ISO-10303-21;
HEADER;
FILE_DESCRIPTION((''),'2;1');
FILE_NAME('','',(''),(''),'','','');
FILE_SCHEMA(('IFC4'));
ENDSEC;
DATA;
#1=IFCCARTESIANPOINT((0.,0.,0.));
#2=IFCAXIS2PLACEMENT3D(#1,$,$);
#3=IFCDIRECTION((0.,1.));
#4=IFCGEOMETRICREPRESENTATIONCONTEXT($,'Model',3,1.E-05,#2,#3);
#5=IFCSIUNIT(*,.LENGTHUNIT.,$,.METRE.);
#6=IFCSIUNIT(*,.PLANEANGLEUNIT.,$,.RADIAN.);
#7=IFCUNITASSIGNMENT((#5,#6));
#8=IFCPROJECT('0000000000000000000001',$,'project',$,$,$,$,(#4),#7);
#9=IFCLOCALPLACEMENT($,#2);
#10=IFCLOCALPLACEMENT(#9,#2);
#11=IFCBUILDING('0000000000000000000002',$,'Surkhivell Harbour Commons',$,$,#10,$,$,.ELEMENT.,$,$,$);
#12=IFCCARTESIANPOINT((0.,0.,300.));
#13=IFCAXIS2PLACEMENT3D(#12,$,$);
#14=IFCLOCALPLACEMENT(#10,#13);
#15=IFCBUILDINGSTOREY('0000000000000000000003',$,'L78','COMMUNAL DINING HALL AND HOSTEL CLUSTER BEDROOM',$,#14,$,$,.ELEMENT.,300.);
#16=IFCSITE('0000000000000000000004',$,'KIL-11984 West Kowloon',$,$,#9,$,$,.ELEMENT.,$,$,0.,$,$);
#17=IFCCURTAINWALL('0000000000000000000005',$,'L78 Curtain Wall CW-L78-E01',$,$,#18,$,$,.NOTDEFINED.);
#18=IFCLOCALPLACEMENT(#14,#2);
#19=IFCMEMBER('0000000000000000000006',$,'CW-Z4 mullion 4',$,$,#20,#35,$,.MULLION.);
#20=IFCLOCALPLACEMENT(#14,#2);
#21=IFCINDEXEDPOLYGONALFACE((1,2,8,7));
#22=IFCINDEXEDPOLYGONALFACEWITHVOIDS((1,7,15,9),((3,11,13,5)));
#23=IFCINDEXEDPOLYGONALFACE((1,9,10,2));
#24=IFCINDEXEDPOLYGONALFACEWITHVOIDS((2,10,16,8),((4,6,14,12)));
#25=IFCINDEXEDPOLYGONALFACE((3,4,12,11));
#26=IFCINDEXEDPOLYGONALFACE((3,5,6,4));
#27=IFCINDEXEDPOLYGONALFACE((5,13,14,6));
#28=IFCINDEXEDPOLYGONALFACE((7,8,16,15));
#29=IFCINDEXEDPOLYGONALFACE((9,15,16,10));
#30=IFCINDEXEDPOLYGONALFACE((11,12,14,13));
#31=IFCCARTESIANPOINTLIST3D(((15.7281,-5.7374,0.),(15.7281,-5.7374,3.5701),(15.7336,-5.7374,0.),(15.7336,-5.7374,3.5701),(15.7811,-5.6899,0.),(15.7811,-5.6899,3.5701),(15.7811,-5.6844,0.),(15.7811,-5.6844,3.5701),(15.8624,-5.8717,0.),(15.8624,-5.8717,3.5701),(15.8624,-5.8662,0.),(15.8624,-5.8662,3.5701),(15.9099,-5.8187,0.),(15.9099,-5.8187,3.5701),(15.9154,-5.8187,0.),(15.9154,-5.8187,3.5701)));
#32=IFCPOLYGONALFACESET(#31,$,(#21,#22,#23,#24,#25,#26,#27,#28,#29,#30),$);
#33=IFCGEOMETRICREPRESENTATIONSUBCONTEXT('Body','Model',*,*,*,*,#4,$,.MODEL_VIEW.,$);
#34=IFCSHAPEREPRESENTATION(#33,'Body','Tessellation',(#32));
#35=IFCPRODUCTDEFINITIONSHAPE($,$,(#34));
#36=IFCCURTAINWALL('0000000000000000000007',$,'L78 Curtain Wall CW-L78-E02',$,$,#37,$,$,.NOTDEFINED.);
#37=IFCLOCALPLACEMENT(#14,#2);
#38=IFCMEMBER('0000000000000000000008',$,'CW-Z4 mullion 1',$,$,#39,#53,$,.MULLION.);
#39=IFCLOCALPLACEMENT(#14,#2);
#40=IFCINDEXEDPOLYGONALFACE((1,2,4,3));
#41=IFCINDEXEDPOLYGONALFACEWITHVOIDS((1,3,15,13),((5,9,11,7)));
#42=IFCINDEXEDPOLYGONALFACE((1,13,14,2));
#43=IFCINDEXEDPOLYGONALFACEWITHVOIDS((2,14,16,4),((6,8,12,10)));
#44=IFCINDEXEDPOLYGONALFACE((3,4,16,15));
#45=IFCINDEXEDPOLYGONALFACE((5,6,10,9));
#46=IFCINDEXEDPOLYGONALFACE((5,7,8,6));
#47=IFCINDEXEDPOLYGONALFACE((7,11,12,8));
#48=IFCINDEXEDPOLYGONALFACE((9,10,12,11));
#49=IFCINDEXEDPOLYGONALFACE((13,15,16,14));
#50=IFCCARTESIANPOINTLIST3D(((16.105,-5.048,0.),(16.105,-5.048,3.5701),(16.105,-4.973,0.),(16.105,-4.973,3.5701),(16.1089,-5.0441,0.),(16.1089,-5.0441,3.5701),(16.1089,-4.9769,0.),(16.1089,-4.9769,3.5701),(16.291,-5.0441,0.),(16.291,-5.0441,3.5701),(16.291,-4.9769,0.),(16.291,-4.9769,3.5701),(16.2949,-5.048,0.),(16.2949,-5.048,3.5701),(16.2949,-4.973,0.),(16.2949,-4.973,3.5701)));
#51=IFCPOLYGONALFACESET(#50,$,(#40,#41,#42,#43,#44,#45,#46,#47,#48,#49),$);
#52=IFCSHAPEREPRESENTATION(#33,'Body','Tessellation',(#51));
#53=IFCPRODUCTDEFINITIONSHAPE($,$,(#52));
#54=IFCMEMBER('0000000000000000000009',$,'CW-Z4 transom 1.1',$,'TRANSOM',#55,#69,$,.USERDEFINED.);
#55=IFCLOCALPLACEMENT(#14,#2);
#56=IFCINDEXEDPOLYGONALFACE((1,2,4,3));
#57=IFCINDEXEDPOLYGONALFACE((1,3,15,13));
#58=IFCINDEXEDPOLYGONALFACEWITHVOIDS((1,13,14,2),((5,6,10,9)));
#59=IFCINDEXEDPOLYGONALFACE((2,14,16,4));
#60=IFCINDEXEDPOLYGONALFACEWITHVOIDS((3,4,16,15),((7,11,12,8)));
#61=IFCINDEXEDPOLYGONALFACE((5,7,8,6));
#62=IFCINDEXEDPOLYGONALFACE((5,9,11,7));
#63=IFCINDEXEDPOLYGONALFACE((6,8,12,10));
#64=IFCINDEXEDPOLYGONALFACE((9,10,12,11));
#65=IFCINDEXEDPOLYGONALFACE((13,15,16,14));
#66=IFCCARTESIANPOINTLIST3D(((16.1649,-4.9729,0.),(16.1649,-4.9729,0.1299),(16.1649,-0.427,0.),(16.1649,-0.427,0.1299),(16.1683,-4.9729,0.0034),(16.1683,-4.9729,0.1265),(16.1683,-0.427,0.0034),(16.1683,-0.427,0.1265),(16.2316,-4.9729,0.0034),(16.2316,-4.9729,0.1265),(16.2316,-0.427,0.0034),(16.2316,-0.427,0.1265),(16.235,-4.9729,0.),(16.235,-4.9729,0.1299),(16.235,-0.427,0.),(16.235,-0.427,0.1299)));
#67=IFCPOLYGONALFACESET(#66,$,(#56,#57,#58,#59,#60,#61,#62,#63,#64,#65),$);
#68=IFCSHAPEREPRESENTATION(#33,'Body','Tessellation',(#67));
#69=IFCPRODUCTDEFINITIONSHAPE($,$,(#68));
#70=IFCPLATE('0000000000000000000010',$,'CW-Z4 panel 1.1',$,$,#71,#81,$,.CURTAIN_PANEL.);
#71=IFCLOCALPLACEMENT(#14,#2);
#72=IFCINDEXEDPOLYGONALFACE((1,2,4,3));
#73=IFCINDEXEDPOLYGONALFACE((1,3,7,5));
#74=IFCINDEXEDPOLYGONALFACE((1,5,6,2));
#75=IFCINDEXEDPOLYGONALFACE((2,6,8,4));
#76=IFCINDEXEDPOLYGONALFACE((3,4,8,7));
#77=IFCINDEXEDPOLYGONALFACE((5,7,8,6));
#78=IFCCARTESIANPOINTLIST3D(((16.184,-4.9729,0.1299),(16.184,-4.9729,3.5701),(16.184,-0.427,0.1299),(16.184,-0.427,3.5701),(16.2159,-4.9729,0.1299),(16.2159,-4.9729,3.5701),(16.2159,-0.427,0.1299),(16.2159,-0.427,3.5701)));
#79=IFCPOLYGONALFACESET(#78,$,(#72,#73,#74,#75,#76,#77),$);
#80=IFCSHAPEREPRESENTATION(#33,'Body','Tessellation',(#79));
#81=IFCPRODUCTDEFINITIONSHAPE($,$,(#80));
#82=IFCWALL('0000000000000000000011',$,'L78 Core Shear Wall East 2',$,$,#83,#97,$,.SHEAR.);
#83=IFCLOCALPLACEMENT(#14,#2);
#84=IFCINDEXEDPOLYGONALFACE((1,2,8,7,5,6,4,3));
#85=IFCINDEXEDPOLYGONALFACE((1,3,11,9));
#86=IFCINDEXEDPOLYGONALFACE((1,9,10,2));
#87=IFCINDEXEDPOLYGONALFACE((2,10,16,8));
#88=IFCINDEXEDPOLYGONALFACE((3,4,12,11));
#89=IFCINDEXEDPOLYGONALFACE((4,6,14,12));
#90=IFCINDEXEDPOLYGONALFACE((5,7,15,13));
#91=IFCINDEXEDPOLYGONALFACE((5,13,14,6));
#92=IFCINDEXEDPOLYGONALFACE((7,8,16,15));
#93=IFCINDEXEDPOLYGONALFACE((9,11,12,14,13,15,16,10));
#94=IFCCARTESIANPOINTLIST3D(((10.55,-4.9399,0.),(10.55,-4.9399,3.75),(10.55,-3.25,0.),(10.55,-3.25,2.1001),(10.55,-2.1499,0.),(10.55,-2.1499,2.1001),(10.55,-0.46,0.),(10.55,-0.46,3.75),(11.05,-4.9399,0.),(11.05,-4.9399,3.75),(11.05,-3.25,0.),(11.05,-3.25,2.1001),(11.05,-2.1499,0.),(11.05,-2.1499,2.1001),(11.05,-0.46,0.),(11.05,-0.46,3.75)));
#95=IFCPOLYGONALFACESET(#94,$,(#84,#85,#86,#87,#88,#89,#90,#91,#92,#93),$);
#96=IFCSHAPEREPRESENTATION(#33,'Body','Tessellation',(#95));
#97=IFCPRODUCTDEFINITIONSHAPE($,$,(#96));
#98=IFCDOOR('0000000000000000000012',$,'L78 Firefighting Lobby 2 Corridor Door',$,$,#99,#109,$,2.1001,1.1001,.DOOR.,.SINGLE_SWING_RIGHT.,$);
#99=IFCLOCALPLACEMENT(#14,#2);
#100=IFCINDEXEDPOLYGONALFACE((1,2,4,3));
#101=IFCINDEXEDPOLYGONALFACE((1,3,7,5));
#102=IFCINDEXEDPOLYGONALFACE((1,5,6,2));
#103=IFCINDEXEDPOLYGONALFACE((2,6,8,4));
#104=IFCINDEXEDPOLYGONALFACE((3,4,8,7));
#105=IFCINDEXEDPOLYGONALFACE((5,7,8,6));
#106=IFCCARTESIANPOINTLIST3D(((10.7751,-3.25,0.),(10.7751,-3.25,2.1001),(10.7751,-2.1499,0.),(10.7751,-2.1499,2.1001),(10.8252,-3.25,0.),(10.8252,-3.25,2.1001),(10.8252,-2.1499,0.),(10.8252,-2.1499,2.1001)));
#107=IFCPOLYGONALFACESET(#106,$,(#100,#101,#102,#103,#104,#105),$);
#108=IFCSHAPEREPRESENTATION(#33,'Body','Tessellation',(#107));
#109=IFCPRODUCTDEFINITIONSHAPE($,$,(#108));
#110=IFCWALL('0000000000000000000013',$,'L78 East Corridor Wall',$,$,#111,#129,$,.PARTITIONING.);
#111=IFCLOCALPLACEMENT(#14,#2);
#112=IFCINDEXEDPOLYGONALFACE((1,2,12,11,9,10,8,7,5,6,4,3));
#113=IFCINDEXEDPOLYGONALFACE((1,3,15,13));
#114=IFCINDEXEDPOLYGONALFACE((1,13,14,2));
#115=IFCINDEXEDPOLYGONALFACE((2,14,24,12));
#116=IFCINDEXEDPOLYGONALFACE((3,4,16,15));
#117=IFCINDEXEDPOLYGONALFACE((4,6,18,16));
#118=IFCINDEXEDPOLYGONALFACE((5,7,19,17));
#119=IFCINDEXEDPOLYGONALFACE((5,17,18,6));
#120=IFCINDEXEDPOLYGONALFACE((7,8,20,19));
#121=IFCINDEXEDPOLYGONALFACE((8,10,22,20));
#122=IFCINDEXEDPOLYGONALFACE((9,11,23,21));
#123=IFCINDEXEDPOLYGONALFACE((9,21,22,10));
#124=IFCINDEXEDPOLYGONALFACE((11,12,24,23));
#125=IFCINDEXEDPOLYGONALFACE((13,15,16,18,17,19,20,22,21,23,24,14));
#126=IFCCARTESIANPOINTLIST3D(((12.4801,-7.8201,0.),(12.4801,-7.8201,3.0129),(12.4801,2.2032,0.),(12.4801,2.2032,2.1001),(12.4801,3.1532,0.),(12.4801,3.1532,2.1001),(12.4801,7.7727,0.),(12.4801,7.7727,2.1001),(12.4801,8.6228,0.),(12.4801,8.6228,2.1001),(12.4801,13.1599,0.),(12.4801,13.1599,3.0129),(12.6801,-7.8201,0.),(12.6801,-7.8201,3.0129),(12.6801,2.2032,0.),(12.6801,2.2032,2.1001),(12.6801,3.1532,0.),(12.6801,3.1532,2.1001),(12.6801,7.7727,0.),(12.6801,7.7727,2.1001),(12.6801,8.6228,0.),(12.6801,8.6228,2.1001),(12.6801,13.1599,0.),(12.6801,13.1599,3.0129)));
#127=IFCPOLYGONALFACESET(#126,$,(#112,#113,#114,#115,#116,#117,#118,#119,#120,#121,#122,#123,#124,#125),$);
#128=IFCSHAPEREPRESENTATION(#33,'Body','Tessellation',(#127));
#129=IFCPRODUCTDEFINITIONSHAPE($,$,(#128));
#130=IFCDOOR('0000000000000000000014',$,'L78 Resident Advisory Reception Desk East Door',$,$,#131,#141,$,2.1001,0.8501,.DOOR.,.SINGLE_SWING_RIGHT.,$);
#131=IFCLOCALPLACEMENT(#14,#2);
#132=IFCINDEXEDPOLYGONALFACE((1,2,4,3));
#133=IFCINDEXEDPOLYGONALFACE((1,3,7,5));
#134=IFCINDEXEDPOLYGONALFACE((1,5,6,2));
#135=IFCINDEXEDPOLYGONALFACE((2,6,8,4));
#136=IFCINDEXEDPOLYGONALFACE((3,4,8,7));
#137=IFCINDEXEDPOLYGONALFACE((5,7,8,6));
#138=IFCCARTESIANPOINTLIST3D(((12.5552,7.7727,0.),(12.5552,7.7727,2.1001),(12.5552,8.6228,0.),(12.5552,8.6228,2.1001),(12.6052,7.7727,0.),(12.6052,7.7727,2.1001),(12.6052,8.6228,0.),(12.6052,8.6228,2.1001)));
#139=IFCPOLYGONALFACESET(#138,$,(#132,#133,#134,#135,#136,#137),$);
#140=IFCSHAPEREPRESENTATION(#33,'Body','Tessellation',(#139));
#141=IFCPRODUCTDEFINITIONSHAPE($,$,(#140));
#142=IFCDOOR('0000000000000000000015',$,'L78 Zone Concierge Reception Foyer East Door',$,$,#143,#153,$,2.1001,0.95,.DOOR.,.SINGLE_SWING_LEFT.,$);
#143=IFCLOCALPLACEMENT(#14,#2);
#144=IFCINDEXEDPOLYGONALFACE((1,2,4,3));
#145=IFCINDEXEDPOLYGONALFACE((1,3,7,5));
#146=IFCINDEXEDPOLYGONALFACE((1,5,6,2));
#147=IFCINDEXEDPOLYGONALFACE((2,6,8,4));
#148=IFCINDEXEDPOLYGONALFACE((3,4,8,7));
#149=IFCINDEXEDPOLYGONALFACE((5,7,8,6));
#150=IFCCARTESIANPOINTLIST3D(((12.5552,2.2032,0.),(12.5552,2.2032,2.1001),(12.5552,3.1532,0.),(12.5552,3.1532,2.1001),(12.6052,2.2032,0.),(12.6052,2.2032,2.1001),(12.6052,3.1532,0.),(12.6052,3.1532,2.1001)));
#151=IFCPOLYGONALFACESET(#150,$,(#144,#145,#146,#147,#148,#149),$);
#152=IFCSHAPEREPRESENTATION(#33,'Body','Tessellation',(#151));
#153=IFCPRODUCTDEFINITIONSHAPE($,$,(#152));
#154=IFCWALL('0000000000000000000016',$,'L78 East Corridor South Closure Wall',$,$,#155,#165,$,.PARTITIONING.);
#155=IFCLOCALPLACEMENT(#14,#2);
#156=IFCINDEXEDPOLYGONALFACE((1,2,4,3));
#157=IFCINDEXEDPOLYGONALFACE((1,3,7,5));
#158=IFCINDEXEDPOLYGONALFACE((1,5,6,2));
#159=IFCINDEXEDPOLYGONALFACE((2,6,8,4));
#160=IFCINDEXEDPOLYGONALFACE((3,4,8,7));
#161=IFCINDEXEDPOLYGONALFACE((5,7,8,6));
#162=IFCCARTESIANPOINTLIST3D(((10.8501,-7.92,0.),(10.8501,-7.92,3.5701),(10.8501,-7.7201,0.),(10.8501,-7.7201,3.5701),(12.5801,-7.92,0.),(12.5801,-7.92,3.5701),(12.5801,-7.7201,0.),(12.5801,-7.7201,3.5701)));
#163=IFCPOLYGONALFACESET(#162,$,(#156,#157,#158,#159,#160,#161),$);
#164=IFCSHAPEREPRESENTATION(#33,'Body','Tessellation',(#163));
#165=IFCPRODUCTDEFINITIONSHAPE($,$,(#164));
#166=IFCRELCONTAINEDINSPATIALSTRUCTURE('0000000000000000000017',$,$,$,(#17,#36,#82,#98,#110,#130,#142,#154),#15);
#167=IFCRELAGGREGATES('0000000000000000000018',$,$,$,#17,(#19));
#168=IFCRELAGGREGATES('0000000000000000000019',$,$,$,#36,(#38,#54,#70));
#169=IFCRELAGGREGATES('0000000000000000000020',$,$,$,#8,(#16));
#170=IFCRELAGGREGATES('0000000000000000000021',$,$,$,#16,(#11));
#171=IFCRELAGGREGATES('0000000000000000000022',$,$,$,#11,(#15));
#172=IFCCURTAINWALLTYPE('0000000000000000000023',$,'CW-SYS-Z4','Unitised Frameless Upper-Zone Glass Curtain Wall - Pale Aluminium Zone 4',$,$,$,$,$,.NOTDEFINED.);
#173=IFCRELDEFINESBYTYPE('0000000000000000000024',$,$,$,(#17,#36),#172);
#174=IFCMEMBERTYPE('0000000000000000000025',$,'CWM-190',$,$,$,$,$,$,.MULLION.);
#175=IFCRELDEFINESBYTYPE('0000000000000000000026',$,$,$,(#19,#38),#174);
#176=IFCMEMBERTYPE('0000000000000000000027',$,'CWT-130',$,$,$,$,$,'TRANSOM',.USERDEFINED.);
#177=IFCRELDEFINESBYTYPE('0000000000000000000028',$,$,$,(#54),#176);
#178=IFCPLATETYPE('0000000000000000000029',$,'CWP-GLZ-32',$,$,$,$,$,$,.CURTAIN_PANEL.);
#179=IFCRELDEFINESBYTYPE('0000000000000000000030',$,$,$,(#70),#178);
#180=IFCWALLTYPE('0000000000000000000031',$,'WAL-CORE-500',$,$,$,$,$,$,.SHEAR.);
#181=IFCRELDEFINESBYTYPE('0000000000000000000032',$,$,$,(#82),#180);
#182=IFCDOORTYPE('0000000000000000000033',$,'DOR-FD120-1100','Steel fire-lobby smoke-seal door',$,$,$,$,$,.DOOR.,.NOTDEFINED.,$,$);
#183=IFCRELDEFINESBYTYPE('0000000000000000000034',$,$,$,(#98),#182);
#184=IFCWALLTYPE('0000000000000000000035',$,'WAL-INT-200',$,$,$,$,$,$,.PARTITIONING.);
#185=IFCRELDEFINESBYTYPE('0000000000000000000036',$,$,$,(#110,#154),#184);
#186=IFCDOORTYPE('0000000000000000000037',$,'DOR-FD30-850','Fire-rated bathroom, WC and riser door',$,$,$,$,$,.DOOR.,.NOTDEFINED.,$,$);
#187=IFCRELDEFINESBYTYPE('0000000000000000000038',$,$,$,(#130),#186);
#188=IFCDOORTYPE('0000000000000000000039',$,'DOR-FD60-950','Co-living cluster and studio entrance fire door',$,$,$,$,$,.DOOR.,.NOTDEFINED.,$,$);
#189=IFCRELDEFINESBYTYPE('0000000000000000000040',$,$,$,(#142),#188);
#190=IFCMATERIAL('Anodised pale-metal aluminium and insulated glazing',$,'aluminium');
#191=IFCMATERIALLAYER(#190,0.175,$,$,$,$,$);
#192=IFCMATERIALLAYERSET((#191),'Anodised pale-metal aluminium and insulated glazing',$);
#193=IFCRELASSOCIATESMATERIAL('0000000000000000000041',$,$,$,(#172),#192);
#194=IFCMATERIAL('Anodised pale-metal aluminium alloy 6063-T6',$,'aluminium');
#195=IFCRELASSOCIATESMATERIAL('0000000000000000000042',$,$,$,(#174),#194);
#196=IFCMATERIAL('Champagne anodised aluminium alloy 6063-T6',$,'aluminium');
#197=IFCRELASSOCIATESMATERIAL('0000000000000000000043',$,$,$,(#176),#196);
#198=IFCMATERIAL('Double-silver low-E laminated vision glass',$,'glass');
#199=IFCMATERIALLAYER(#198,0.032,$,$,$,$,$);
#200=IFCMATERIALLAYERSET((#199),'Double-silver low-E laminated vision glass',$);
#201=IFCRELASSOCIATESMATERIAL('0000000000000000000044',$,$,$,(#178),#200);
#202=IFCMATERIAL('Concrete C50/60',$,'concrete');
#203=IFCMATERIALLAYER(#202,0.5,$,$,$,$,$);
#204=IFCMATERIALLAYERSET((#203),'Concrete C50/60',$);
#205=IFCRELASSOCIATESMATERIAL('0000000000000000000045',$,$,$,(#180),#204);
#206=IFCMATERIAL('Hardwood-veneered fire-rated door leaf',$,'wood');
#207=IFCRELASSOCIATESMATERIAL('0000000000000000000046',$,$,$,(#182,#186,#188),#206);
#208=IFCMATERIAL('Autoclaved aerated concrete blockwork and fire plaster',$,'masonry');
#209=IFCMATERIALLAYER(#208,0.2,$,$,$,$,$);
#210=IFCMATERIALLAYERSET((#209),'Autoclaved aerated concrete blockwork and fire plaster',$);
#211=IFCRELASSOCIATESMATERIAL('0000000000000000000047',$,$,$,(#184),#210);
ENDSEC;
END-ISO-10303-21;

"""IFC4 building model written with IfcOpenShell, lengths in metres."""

from ifc_helpers import new_model, si_unit, direction, frame, frame_2d, origin, origin_2d, place, context, subcontext, project, spatial, rectangle, hollow_rectangle, extrude, material, layer, layer_set, material_profile, profile_set, type_object, element, fill, aggregate, save


model = new_model("IFC4")

# Units and contexts
model_context = context("Model", 3, precision=1e-05, world=origin(), true_north=direction((0.0, 1.0)))
body_context = subcontext(model_context, "Body", "Model", "MODEL_VIEW")
ifc_project = project(units=[si_unit("LENGTHUNIT", "METRE"), si_unit("PLANEANGLEUNIT", "RADIAN")], contexts=[model_context])

# Site, building, storey
site_placement = place(None, origin())
site = spatial("IfcSite", under=ifc_project, at=site_placement, Name="KIL-11984 West Kowloon", CompositionType="ELEMENT", RefElevation=0.0)
building_placement = place(site_placement, origin())
building = spatial("IfcBuilding", under=site, at=building_placement, Name="Surkhivell Harbour Commons", CompositionType="ELEMENT")
storey_placement = place(building_placement, frame((0.0, 0.0, 300.0)))
storey = spatial("IfcBuildingStorey", under=building, at=storey_placement, Name="L78", Description="COMMUNAL DINING HALL AND HOSTEL CLUSTER BEDROOM", CompositionType="ELEMENT", Elevation=300.0)

# Shared definitions
ifc_material_1 = material(Name="Concrete C50/60", Category="concrete")

# Curtain wall, member
ifc_material_2 = material(Name="Anodised pale-metal aluminium and insulated glazing", Category="aluminium")
ifc_layer_1 = layer(ifc_material_2, 0.175)
ifc_layer_set_1 = layer_set([ifc_layer_1], Name="Anodised pale-metal aluminium and insulated glazing")
curtain_wall_type = type_object("IfcCurtainWallType", Name="CW-SYS-Z4", Description="Unitised Frameless Upper-Zone Glass Curtain Wall - Pale Aluminium Zone 4", PredefinedType="NOTDEFINED", material=ifc_layer_set_1)
curtain_wall_1_placement = place(storey_placement, origin())
curtain_wall_1 = element("IfcCurtainWall", 1, at=curtain_wall_1_placement, inside=storey, type_object=curtain_wall_type, Name="L78 Curtain Wall CW-L78-E01", PredefinedType="NOTDEFINED")
ifc_material_3 = material(Name="Anodised pale-metal aluminium alloy 6063-T6", Category="aluminium")
ifc_material_profile_1 = material_profile(ifc_material_3, hollow_rectangle(XDim=0.075, YDim=0.1899, WallThickness=0.0039, at=origin_2d()), Name="ALU-MULL-75x190")
ifc_profile_set_1 = profile_set([ifc_material_profile_1], Name="Anodised pale-metal aluminium alloy 6063-T6")
member_type_1 = type_object("IfcMemberType", Name="CWM-190", PredefinedType="MULLION", material=ifc_profile_set_1)
member_1_placement = place(storey_placement, frame((15.8218, -5.7781, 0.0), z_axis=(0.0, 0.0, 1.0), x_axis=(0.707107, 0.707107, 0.0)))
member_1 = element("IfcMember", 2, at=member_1_placement, type_object=member_type_1, Name="CW-Z4 mullion 4", PredefinedType="MULLION", context=body_context, shape_type="SweptSolid", body=[
    extrude(hollow_rectangle(XDim=0.075, YDim=0.1899, WallThickness=0.0039, at=origin_2d()), origin(), (0.0, 0.0, 1.0), 3.5701),
])
aggregate(curtain_wall_1, [member_1])

# Curtain wall, members, plate
curtain_wall_2_placement = place(storey_placement, origin())
curtain_wall_2 = element("IfcCurtainWall", 3, at=curtain_wall_2_placement, inside=storey, type_object=curtain_wall_type, Name="L78 Curtain Wall CW-L78-E02", PredefinedType="NOTDEFINED")
member_2_placement = place(storey_placement, frame((16.2, -5.0105, 0.0), z_axis=(0.0, 0.0, 1.0), x_axis=(0.0, 1.0, 0.0)))
member_2 = element("IfcMember", 4, at=member_2_placement, type_object=member_type_1, Name="CW-Z4 mullion 1", PredefinedType="MULLION", context=body_context, shape_type="SweptSolid", body=[
    extrude(hollow_rectangle(XDim=0.075, YDim=0.1899, WallThickness=0.0039, at=origin_2d()), origin(), (0.0, 0.0, 1.0), 3.5701),
])
ifc_material_4 = material(Name="Champagne anodised aluminium alloy 6063-T6", Category="aluminium")
ifc_material_profile_2 = material_profile(ifc_material_4, hollow_rectangle(XDim=0.0701, YDim=0.1299, WallThickness=0.0034, at=origin_2d()), Name="ALU-TRAN-70x130")
ifc_profile_set_2 = profile_set([ifc_material_profile_2], Name="Champagne anodised aluminium alloy 6063-T6")
member_type_2 = type_object("IfcMemberType", Name="CWT-130", ElementType="TRANSOM", PredefinedType="USERDEFINED", material=ifc_profile_set_2)
member_3_placement = place(storey_placement, frame((16.2, -4.9729, 0.0649), z_axis=(0.0, 1.0, 0.0), x_axis=(-1.0, 0.0, 0.0)))
member_3 = element("IfcMember", 5, at=member_3_placement, type_object=member_type_2, Name="CW-Z4 transom 1.1", ObjectType="TRANSOM", PredefinedType="USERDEFINED", context=body_context, shape_type="SweptSolid", body=[
    extrude(hollow_rectangle(XDim=0.0701, YDim=0.1299, WallThickness=0.0034, at=origin_2d()), origin(), (0.0, 0.0, 1.0), 4.5459),
])
ifc_material_5 = material(Name="Double-silver low-E laminated vision glass", Category="glass")
ifc_layer_2 = layer(ifc_material_5, 0.032)
ifc_layer_set_2 = layer_set([ifc_layer_2], Name="Double-silver low-E laminated vision glass")
plate_type = type_object("IfcPlateType", Name="CWP-GLZ-32", PredefinedType="CURTAIN_PANEL", material=ifc_layer_set_2)
plate_placement = place(storey_placement, frame((16.2, -4.9729, 0.1299), z_axis=(0.0, 0.0, 1.0), x_axis=(0.0, 1.0, 0.0)))
plate = element("IfcPlate", 6, at=plate_placement, type_object=plate_type, Name="CW-Z4 panel 1.1", PredefinedType="CURTAIN_PANEL", context=body_context, shape_type="SweptSolid", body=[
    extrude(rectangle(XDim=4.5459, YDim=0.032, at=frame_2d((2.2729, 0.0))), origin(), (0.0, 0.0, 1.0), 3.4402),
])
aggregate(curtain_wall_2, [member_2, member_3, plate])

# Wall, opening, door
ifc_layer_3 = layer(ifc_material_1, 0.5)
ifc_layer_set_3 = layer_set([ifc_layer_3], Name="Concrete C50/60")
wall_type_1 = type_object("IfcWallType", Name="WAL-CORE-500", PredefinedType="SHEAR", material=ifc_layer_set_3)
wall_1_placement = place(storey_placement, frame((10.8, -4.9399, 0.0), z_axis=(0.0, 0.0, 1.0), x_axis=(0.0, 1.0, 0.0)))
wall_1 = element("IfcWall", 7, at=wall_1_placement, inside=storey, type_object=wall_type_1, Name="L78 Core Shear Wall East 2", PredefinedType="SHEAR", context=body_context, shape_type="SweptSolid", body=[
    extrude(rectangle(XDim=4.48, YDim=0.5, at=frame_2d((2.24, 0.0))), origin(), (0.0, 0.0, 1.0), 3.75),
])
opening_1_placement = place(wall_1_placement, frame((1.6899, 0.0, 0.0)))
opening_1 = element("IfcOpeningElement", 8, at=opening_1_placement, cuts=wall_1, PredefinedType="OPENING", context=body_context, shape_type="SweptSolid", body=[
    extrude(rectangle(XDim=1.1001, YDim=2.1001, at=frame_2d((0.55, 1.05))), frame((0.0, 0.26, 0.0), z_axis=(0.0, -1.0, 0.0), x_axis=(1.0, 0.0, 0.0)), (0.0, 0.0, 1.0), 0.52),
])
ifc_material_6 = material(Name="Hardwood-veneered fire-rated door leaf", Category="wood")
door_type_1 = type_object("IfcDoorType", Name="DOR-FD120-1100", Description="Steel fire-lobby smoke-seal door", OperationType="NOTDEFINED", PredefinedType="DOOR", material=ifc_material_6)
door_1_placement = place(opening_1_placement, origin())
door_1 = element("IfcDoor", 9, at=door_1_placement, inside=storey, type_object=door_type_1, Name="L78 Firefighting Lobby 2 Corridor Door", OperationType="SINGLE_SWING_RIGHT", OverallHeight=2.1001, OverallWidth=1.1001, PredefinedType="DOOR", context=body_context, shape_type="SweptSolid", body=[
    extrude(rectangle(XDim=1.1001, YDim=2.1001, at=frame_2d((0.55, 1.05))), frame((0.0, 0.0249, 0.0), z_axis=(0.0, -1.0, 0.0), x_axis=(1.0, 0.0, 0.0)), (0.0, 0.0, 1.0), 0.05),
])
fill(opening_1, door_1)

# Wall, openings, doors
ifc_material_7 = material(Name="Autoclaved aerated concrete blockwork and fire plaster", Category="masonry")
ifc_layer_4 = layer(ifc_material_7, 0.2)
ifc_layer_set_4 = layer_set([ifc_layer_4], Name="Autoclaved aerated concrete blockwork and fire plaster")
wall_type_2 = type_object("IfcWallType", Name="WAL-INT-200", PredefinedType="PARTITIONING", material=ifc_layer_set_4)
wall_2_placement = place(storey_placement, frame((12.5801, -7.8201, 0.0), z_axis=(0.0, 0.0, 1.0), x_axis=(0.0, 1.0, 0.0)))
wall_2 = element("IfcWall", 10, at=wall_2_placement, inside=storey, type_object=wall_type_2, Name="L78 East Corridor Wall", PredefinedType="PARTITIONING", context=body_context, shape_type="SweptSolid", body=[
    extrude(rectangle(XDim=20.98, YDim=0.2, at=frame_2d((10.49, 0.0))), origin(), (0.0, 0.0, 1.0), 3.0129),
])
opening_2_placement = place(wall_2_placement, frame((10.0232, 0.0, 0.0)))
opening_2 = element("IfcOpeningElement", 11, at=opening_2_placement, cuts=wall_2, PredefinedType="OPENING", context=body_context, shape_type="SweptSolid", body=[
    extrude(rectangle(XDim=0.95, YDim=2.1001, at=frame_2d((0.4751, 1.05))), frame((0.0, 0.1099, 0.0), z_axis=(0.0, -1.0, 0.0), x_axis=(1.0, 0.0, 0.0)), (0.0, 0.0, 1.0), 0.22),
])
opening_3_placement = place(wall_2_placement, frame((15.5928, 0.0, 0.0)))
opening_3 = element("IfcOpeningElement", 12, at=opening_3_placement, cuts=wall_2, PredefinedType="OPENING", context=body_context, shape_type="SweptSolid", body=[
    extrude(rectangle(XDim=0.8501, YDim=2.1001, at=frame_2d((0.425, 1.05))), frame((0.0, 0.1099, 0.0), z_axis=(0.0, -1.0, 0.0), x_axis=(1.0, 0.0, 0.0)), (0.0, 0.0, 1.0), 0.22),
])
door_type_2 = type_object("IfcDoorType", Name="DOR-FD30-850", Description="Fire-rated bathroom, WC and riser door", OperationType="NOTDEFINED", PredefinedType="DOOR", material=ifc_material_6)
door_2_placement = place(opening_3_placement, origin())
door_2 = element("IfcDoor", 13, at=door_2_placement, inside=storey, type_object=door_type_2, Name="L78 Resident Advisory Reception Desk East Door", OperationType="SINGLE_SWING_RIGHT", OverallHeight=2.1001, OverallWidth=0.8501, PredefinedType="DOOR", context=body_context, shape_type="SweptSolid", body=[
    extrude(rectangle(XDim=0.8501, YDim=2.1001, at=frame_2d((0.425, 1.05))), frame((0.0, 0.0249, 0.0), z_axis=(0.0, -1.0, 0.0), x_axis=(1.0, 0.0, 0.0)), (0.0, 0.0, 1.0), 0.05),
])
fill(opening_3, door_2)
door_type_3 = type_object("IfcDoorType", Name="DOR-FD60-950", Description="Co-living cluster and studio entrance fire door", OperationType="NOTDEFINED", PredefinedType="DOOR", material=ifc_material_6)
door_3_placement = place(opening_2_placement, origin())
door_3 = element("IfcDoor", 14, at=door_3_placement, inside=storey, type_object=door_type_3, Name="L78 Zone Concierge Reception Foyer East Door", OperationType="SINGLE_SWING_LEFT", OverallHeight=2.1001, OverallWidth=0.95, PredefinedType="DOOR", context=body_context, shape_type="SweptSolid", body=[
    extrude(rectangle(XDim=0.95, YDim=2.1001, at=frame_2d((0.4751, 1.05))), frame((0.0, 0.0249, 0.0), z_axis=(0.0, -1.0, 0.0), x_axis=(1.0, 0.0, 0.0)), (0.0, 0.0, 1.0), 0.05),
])
fill(opening_2, door_3)

# Wall
wall_3_placement = place(storey_placement, frame((10.8501, -7.8201, 0.0), z_axis=(0.0, 0.0, 1.0), x_axis=(1.0, 0.0, 0.0)))
element("IfcWall", 15, at=wall_3_placement, inside=storey, type_object=wall_type_2, Name="L78 East Corridor South Closure Wall", PredefinedType="PARTITIONING", context=body_context, shape_type="SweptSolid", body=[
    extrude(rectangle(XDim=1.73, YDim=0.2, at=frame_2d((0.865, 0.0))), origin(), (0.0, 0.0, 1.0), 3.5701),
])

save(model, "model.ifc")
